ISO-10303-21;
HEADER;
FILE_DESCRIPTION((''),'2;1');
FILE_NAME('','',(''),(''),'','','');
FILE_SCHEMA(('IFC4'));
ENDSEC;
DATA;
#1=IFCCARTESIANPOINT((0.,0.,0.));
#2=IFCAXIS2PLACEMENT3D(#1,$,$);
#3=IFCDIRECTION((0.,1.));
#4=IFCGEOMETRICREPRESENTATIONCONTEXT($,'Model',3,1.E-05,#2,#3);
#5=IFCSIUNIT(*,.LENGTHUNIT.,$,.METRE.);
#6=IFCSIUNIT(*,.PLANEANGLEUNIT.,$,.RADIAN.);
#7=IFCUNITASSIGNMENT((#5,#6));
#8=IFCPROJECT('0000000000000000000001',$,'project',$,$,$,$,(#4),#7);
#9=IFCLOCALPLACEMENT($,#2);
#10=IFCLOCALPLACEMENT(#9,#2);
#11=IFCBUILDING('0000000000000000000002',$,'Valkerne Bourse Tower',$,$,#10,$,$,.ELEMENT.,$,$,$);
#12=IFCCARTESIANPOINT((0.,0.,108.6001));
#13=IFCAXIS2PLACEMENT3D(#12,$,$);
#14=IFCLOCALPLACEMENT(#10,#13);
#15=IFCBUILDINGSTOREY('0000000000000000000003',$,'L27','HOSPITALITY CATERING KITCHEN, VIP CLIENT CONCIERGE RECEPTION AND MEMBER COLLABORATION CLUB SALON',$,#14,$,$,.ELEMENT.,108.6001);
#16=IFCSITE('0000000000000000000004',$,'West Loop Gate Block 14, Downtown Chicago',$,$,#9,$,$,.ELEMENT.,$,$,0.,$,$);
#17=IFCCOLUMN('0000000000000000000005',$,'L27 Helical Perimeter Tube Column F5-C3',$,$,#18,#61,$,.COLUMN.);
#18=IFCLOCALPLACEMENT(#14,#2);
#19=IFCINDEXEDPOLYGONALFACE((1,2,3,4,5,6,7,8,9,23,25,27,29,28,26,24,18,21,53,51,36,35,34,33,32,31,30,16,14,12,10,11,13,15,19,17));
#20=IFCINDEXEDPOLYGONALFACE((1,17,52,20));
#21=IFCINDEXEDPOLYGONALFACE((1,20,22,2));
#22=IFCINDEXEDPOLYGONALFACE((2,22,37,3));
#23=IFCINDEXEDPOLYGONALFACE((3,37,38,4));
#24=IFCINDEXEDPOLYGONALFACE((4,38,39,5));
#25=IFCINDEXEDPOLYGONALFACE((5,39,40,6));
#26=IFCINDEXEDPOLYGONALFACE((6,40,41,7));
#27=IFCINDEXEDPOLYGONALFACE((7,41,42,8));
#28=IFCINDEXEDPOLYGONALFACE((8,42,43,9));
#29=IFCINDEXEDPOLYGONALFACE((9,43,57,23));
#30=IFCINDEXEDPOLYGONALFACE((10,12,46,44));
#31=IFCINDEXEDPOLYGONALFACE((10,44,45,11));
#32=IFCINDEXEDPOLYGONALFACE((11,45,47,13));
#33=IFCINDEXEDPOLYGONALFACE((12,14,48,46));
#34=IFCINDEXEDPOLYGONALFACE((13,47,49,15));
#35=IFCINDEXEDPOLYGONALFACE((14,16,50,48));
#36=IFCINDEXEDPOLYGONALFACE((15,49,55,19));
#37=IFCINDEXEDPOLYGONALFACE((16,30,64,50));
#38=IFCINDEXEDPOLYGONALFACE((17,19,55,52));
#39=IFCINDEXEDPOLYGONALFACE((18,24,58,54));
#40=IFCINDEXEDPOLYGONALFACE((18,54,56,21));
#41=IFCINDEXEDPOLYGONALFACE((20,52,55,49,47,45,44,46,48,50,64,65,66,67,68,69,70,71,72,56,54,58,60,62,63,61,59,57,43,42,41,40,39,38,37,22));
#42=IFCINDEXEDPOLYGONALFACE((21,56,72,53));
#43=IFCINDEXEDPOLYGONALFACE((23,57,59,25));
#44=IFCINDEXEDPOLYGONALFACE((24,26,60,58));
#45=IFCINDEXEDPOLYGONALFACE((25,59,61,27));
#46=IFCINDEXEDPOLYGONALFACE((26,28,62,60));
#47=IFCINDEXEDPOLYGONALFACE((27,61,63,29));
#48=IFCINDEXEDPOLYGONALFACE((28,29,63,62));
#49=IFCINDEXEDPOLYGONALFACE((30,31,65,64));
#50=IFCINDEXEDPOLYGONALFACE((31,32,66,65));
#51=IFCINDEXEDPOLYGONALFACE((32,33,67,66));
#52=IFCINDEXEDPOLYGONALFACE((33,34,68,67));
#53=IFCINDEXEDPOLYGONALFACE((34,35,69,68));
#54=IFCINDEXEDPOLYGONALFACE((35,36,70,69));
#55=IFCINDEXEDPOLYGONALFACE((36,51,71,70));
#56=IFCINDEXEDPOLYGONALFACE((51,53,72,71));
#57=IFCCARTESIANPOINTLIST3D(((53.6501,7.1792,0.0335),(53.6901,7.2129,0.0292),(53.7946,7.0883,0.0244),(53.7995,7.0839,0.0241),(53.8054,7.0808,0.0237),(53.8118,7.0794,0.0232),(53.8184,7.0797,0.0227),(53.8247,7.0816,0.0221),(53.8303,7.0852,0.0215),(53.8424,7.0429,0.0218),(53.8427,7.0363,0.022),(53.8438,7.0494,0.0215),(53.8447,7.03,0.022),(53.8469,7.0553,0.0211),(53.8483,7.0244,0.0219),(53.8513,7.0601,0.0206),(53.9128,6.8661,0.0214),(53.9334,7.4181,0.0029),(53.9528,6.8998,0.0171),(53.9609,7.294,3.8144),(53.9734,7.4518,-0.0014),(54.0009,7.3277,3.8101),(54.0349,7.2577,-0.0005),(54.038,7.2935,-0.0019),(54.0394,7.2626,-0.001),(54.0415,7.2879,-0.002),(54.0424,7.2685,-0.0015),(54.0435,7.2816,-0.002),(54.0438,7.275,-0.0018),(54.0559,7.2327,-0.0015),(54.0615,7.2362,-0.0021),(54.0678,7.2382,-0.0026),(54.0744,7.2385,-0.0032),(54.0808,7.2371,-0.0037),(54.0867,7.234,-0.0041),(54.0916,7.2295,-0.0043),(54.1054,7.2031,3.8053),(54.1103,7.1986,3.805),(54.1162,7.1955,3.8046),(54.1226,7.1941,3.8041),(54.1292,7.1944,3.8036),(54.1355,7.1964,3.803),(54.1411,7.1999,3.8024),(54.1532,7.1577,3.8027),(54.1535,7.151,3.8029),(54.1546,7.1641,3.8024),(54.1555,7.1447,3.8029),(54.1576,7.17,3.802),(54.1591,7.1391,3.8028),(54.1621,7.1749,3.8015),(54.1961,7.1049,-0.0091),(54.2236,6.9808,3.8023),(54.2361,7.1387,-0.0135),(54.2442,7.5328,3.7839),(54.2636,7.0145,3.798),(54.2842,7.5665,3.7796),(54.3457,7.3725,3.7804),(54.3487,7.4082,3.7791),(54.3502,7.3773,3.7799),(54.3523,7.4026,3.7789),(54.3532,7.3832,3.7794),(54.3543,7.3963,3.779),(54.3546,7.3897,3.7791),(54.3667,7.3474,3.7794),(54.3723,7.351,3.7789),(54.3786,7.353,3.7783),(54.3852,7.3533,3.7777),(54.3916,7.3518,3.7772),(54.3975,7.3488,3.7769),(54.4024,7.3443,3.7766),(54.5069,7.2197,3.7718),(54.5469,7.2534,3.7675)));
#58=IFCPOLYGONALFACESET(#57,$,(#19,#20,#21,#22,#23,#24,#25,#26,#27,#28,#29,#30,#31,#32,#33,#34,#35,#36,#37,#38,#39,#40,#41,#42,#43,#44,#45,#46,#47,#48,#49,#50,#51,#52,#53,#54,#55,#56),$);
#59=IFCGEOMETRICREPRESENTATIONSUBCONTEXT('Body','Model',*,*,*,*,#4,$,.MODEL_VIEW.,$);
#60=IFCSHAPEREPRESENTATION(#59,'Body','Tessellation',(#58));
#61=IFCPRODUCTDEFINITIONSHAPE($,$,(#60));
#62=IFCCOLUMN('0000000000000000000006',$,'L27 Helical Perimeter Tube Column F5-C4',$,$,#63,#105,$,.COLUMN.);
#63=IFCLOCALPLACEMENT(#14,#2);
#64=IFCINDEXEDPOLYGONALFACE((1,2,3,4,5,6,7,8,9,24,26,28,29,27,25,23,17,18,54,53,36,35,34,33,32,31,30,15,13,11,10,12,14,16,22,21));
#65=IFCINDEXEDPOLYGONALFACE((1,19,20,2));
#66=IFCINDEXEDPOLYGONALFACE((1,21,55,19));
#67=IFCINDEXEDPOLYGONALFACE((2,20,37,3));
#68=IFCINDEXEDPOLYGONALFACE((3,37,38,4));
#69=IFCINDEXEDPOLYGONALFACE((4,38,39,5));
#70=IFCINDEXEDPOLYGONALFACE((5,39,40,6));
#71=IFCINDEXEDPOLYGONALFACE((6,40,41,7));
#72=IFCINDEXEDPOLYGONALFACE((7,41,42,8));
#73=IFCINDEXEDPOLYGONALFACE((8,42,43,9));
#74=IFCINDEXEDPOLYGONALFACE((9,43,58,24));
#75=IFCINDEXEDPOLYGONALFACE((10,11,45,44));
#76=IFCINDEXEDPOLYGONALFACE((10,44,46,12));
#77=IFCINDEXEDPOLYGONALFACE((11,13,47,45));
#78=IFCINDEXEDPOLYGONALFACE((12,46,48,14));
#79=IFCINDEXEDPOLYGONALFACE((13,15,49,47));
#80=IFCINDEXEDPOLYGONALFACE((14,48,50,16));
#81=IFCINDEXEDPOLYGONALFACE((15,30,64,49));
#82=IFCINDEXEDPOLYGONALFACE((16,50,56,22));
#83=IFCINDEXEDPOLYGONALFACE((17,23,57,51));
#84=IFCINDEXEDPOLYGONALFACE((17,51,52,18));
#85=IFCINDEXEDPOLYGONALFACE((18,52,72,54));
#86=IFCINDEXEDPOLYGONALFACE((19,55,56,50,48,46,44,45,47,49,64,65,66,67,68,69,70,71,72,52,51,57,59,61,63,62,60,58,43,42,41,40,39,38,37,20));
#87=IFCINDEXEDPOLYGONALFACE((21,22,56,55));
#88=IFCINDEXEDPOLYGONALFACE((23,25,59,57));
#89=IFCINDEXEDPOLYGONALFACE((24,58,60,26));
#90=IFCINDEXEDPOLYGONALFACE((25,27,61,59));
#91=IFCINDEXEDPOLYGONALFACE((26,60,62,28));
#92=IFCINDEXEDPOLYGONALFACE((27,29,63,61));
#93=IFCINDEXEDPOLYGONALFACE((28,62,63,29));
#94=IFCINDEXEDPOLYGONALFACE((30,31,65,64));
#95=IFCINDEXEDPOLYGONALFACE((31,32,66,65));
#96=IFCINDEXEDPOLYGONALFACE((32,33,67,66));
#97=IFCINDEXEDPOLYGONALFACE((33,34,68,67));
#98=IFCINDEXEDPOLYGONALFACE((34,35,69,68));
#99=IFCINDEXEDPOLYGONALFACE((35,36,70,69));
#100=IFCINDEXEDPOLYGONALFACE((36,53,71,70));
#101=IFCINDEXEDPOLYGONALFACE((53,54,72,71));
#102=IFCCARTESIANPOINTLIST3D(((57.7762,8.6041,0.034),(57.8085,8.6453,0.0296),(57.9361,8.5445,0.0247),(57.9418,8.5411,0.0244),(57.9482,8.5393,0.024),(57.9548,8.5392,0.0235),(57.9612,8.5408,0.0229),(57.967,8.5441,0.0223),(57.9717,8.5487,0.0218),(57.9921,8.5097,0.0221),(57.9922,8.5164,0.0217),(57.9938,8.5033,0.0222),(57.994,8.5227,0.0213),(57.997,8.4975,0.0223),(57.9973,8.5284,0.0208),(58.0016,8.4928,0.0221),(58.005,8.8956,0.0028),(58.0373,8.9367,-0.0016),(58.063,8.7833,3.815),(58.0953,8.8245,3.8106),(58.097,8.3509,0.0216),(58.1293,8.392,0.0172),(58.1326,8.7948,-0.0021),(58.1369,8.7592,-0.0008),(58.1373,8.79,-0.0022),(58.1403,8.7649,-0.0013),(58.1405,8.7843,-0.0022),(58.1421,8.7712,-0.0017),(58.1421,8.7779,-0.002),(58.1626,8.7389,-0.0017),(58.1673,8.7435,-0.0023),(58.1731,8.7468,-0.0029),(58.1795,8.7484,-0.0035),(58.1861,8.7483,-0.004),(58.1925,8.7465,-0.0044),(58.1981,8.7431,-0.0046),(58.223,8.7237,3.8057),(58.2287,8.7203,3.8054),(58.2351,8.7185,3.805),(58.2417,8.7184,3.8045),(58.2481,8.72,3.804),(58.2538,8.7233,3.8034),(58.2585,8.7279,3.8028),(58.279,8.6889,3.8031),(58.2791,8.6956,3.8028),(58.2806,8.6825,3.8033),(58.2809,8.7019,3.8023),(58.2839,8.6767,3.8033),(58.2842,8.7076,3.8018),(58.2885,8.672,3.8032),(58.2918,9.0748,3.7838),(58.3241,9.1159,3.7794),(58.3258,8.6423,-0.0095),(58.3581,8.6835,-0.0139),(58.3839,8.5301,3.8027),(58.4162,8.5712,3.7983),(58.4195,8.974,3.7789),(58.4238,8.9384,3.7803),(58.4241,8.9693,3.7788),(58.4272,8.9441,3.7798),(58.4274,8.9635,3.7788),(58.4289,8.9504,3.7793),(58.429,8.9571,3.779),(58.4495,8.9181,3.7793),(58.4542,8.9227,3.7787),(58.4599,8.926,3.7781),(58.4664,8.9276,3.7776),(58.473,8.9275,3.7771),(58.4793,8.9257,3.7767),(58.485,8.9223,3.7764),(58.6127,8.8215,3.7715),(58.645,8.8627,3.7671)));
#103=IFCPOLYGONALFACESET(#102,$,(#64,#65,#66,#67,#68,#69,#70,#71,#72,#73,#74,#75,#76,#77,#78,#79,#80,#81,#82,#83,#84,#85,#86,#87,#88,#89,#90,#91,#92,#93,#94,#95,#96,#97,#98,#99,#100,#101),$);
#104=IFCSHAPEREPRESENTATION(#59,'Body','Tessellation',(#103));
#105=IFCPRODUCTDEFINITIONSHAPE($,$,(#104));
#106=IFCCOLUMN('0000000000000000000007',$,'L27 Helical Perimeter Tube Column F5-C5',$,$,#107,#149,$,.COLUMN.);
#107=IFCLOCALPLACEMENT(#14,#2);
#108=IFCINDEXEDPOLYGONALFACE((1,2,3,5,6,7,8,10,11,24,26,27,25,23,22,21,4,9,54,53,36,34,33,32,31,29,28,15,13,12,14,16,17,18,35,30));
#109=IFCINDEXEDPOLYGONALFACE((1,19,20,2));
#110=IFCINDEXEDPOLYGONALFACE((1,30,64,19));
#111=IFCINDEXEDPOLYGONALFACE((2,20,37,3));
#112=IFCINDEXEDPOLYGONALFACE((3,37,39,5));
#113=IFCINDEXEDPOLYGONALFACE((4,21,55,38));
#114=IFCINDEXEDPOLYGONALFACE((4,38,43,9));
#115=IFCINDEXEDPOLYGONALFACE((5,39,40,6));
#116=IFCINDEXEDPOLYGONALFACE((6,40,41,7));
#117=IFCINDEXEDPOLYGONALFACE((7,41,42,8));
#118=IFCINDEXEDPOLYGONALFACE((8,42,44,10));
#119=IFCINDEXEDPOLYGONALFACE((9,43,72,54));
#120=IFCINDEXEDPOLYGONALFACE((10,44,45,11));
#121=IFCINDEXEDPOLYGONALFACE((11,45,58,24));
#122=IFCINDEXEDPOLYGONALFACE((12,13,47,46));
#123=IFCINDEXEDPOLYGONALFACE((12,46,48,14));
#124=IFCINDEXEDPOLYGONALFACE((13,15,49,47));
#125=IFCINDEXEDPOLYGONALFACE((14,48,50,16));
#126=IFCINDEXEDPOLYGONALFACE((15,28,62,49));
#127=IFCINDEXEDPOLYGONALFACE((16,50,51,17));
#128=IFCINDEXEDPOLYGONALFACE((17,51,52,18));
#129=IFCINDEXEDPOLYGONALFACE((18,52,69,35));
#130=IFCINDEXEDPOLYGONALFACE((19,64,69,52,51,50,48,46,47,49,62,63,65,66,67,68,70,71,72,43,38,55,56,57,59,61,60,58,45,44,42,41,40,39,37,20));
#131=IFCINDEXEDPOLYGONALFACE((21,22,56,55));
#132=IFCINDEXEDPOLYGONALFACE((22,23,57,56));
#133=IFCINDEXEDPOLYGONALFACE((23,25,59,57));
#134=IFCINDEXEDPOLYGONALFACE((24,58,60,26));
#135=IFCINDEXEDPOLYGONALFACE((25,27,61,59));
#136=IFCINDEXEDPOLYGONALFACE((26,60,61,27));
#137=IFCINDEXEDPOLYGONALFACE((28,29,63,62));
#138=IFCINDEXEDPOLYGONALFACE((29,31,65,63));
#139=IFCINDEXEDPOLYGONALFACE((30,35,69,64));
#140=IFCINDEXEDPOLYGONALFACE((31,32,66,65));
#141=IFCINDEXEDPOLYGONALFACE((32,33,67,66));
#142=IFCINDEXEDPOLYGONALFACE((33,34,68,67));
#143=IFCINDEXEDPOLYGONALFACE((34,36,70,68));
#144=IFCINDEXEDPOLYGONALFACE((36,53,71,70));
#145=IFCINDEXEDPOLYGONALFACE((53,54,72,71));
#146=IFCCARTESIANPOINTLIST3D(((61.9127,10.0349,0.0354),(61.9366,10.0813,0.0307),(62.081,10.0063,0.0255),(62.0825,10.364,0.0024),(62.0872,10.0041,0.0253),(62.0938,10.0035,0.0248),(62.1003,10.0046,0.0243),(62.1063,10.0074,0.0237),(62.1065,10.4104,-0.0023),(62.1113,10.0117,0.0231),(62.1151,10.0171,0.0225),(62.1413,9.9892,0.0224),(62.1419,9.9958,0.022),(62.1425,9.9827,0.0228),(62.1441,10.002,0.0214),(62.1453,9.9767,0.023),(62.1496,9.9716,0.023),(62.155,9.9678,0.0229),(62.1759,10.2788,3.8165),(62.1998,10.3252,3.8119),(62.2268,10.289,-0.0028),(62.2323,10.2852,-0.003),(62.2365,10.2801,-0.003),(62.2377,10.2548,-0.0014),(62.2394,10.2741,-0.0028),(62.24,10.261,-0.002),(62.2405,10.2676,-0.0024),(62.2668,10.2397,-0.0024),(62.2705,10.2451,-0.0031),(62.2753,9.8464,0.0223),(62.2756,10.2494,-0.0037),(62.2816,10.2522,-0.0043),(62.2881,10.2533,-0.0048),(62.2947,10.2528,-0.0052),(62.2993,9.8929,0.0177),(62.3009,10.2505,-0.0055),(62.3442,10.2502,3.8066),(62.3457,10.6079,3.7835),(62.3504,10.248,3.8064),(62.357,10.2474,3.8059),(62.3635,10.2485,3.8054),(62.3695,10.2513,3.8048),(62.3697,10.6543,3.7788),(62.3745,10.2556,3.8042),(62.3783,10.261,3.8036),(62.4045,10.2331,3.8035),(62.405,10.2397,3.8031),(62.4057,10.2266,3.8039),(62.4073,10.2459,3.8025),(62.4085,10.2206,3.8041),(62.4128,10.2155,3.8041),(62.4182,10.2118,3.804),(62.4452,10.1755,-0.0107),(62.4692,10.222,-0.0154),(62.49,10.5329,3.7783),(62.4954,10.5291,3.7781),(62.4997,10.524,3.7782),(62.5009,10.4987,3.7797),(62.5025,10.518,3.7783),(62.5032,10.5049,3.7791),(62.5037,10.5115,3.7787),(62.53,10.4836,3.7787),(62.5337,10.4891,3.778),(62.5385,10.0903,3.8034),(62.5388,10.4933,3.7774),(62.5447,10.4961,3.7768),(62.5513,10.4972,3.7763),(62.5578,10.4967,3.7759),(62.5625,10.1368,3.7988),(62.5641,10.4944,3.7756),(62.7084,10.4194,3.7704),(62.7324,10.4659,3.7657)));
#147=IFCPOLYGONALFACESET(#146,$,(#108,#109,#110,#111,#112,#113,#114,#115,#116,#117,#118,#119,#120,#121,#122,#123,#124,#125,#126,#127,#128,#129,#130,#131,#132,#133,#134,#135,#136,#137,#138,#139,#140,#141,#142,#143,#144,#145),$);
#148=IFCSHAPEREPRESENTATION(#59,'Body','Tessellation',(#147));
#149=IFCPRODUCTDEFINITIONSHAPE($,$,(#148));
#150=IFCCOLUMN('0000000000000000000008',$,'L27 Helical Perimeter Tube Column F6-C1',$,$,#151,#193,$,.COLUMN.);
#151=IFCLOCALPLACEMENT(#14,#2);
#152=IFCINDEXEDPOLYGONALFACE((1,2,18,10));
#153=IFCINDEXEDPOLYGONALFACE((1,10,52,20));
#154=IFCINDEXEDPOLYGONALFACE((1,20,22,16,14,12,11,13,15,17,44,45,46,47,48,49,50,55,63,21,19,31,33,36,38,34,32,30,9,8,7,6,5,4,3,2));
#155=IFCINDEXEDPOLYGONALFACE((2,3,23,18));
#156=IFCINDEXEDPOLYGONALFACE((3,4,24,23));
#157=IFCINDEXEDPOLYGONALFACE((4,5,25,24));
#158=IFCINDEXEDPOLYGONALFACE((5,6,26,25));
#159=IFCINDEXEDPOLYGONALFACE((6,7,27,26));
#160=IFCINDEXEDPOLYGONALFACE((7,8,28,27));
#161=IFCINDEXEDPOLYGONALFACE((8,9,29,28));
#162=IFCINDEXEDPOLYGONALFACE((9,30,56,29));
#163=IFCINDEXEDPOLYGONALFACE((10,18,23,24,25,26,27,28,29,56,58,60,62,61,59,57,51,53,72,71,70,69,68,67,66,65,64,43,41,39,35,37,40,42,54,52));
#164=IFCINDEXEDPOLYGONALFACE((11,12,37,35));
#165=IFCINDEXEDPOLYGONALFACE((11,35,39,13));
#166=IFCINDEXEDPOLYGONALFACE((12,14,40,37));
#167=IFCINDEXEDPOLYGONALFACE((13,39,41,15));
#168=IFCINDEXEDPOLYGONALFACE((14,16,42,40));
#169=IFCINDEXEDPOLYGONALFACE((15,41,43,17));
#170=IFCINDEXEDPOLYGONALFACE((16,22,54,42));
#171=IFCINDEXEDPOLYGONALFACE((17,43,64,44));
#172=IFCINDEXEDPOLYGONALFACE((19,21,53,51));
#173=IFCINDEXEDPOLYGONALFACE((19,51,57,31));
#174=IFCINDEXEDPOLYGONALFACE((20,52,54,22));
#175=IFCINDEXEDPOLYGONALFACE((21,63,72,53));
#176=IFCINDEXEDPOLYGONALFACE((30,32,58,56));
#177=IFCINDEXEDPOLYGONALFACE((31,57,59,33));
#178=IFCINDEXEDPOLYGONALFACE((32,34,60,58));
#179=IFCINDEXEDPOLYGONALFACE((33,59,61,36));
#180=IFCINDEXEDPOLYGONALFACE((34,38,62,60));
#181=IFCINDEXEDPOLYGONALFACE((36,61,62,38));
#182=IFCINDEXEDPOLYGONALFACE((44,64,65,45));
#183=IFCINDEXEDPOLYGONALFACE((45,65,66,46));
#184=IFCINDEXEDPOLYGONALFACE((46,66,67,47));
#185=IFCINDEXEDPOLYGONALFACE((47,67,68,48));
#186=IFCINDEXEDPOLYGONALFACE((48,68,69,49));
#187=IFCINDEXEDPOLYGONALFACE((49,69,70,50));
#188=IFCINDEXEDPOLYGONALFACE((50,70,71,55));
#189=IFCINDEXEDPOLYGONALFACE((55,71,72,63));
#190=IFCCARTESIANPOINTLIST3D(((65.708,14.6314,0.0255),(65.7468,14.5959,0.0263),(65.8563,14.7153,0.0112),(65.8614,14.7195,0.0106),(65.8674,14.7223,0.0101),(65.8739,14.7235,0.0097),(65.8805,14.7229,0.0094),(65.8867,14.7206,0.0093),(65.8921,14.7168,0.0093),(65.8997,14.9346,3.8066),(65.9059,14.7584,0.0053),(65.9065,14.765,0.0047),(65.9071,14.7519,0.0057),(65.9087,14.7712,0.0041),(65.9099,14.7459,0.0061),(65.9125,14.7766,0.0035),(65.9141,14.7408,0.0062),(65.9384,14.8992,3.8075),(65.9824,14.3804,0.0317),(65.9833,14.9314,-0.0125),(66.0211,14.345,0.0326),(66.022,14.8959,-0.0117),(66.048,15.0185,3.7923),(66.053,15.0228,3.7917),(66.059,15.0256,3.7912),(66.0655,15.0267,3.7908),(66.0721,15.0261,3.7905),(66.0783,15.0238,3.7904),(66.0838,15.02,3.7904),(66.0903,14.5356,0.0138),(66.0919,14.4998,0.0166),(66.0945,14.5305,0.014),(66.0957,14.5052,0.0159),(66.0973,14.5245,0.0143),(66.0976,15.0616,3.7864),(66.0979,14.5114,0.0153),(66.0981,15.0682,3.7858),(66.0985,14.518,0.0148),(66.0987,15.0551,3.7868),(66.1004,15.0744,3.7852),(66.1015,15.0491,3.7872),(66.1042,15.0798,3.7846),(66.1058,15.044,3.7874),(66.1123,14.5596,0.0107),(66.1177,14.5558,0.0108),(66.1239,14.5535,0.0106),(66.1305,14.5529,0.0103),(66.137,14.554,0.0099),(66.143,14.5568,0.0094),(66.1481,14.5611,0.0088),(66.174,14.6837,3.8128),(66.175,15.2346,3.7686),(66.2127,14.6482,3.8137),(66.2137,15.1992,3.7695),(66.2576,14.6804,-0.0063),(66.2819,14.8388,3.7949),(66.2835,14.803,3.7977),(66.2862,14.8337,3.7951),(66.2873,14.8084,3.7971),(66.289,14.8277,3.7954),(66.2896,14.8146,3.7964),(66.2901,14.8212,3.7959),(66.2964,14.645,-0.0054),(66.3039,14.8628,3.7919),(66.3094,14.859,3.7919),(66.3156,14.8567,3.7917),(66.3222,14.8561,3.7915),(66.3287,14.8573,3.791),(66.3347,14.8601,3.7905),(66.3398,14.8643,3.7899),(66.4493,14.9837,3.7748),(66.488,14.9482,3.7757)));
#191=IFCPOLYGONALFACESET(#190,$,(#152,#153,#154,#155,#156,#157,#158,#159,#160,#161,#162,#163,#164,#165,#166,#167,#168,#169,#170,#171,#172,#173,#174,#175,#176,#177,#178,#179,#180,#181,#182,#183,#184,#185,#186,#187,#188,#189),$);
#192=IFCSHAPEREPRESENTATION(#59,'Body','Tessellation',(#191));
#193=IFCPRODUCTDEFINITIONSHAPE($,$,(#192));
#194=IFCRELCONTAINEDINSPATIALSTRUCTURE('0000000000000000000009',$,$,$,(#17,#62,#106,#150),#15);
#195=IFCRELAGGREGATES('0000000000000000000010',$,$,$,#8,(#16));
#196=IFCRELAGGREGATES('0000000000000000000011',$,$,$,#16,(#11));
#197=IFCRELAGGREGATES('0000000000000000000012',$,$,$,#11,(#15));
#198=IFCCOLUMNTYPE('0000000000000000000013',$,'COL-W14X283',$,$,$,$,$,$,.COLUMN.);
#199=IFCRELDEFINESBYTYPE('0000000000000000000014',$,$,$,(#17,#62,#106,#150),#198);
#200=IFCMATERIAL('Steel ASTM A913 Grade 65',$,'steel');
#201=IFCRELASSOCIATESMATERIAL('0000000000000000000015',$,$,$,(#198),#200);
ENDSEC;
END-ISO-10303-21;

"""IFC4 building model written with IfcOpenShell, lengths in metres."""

from ifc_helpers import new_model, si_unit, direction, frame, origin, origin_2d, place, context, subcontext, project, spatial, i_section, extrude, material, material_profile, profile_set, type_object, element, save


model = new_model("IFC4")

# Units and contexts
model_context = context("Model", 3, precision=1e-05, world=origin(), true_north=direction((0.0, 1.0)))
body_context = subcontext(model_context, "Body", "Model", "MODEL_VIEW")
ifc_project = project(units=[si_unit("LENGTHUNIT", "METRE"), si_unit("PLANEANGLEUNIT", "RADIAN")], contexts=[model_context])

# Site, building, storey
site_placement = place(None, origin())
site = spatial("IfcSite", under=ifc_project, at=site_placement, Name="West Loop Gate Block 14, Downtown Chicago", CompositionType="ELEMENT", RefElevation=0.0)
building_placement = place(site_placement, origin())
building = spatial("IfcBuilding", under=site, at=building_placement, Name="Valkerne Bourse Tower", CompositionType="ELEMENT")
storey_placement = place(building_placement, frame((0.0, 0.0, 108.6001)))
storey = spatial("IfcBuildingStorey", under=building, at=storey_placement, Name="L27", Description="HOSPITALITY CATERING KITCHEN, VIP CLIENT CONCIERGE RECEPTION AND MEMBER COLLABORATION CLUB SALON", CompositionType="ELEMENT", Elevation=108.6001)

# Columns
ifc_material_1 = material(Name="Steel ASTM A913 Grade 65", Category="steel")
ifc_material_profile_1 = material_profile(ifc_material_1, i_section(OverallWidth=0.4089, OverallDepth=0.4243, WebThickness=0.0327, FlangeThickness=0.0525, FilletRadius=0.0254, at=origin_2d()), Name="W14X283")
ifc_profile_set_1 = profile_set([ifc_material_profile_1], Name="Steel ASTM A913 Grade 65")
column_type = type_object("IfcColumnType", Name="COL-W14X283", PredefinedType="COLUMN", material=ifc_profile_set_1)
column_1_placement = place(storey_placement, frame((53.9431, 7.1589, 0.01), z_axis=(0.081884, 0.030232, 0.996183), x_axis=(-0.642436, 0.765768, 0.029567)))
element("IfcColumn", 1, at=column_1_placement, inside=storey, type_object=column_type, Name="L27 Helical Perimeter Tube Column F5-C3", PredefinedType="COLUMN", context=body_context, shape_type="SweptSolid", body=[
    extrude(i_section(OverallWidth=0.4089, OverallDepth=0.4243, WebThickness=0.0327, FlangeThickness=0.0525, FilletRadius=0.0254, at=origin_2d()), origin(), (0.0, 0.0, 1.0), 3.7954),
])
column_2_placement = place(storey_placement, frame((58.0671, 8.6438, 0.01), z_axis=(0.075568, 0.047206, 0.996023), x_axis=(-0.78463, 0.619229, 0.030182)))
element("IfcColumn", 2, at=column_2_placement, inside=storey, type_object=column_type, Name="L27 Helical Perimeter Tube Column F5-C4", PredefinedType="COLUMN", context=body_context, shape_type="SweptSolid", body=[
    extrude(i_section(OverallWidth=0.4089, OverallDepth=0.4243, WebThickness=0.0327, FlangeThickness=0.0525, FilletRadius=0.0254, at=origin_2d()), origin(), (0.0, 0.0, 1.0), 3.7961),
])
for number, where, z_axis, x_axis, name in (
    (3, (62.1909, 10.1284, 0.01), (0.069295, 0.064217, 0.995527), (-0.886879, 0.460892, 0.032003), "L27 Helical Perimeter Tube Column F5-C5"),
    (4, (66.0022, 14.6382, 0.01), (0.050461, 0.079838, 0.99553), (-0.673172, -0.73362, 0.092955), "L27 Helical Perimeter Tube Column F6-C1"),
):
    element("IfcColumn", number, at=place(storey_placement, frame(where, z_axis=z_axis, x_axis=x_axis)), inside=storey, type_object=column_type, Name=name, PredefinedType="COLUMN", context=body_context, shape_type="SweptSolid", body=[
        extrude(i_section(OverallWidth=0.4089, OverallDepth=0.4243, WebThickness=0.0327, FlangeThickness=0.0525, FilletRadius=0.0254, at=origin_2d()), origin(), (0.0, 0.0, 1.0), 3.7981),
    ])

save(model, "model.ifc")
